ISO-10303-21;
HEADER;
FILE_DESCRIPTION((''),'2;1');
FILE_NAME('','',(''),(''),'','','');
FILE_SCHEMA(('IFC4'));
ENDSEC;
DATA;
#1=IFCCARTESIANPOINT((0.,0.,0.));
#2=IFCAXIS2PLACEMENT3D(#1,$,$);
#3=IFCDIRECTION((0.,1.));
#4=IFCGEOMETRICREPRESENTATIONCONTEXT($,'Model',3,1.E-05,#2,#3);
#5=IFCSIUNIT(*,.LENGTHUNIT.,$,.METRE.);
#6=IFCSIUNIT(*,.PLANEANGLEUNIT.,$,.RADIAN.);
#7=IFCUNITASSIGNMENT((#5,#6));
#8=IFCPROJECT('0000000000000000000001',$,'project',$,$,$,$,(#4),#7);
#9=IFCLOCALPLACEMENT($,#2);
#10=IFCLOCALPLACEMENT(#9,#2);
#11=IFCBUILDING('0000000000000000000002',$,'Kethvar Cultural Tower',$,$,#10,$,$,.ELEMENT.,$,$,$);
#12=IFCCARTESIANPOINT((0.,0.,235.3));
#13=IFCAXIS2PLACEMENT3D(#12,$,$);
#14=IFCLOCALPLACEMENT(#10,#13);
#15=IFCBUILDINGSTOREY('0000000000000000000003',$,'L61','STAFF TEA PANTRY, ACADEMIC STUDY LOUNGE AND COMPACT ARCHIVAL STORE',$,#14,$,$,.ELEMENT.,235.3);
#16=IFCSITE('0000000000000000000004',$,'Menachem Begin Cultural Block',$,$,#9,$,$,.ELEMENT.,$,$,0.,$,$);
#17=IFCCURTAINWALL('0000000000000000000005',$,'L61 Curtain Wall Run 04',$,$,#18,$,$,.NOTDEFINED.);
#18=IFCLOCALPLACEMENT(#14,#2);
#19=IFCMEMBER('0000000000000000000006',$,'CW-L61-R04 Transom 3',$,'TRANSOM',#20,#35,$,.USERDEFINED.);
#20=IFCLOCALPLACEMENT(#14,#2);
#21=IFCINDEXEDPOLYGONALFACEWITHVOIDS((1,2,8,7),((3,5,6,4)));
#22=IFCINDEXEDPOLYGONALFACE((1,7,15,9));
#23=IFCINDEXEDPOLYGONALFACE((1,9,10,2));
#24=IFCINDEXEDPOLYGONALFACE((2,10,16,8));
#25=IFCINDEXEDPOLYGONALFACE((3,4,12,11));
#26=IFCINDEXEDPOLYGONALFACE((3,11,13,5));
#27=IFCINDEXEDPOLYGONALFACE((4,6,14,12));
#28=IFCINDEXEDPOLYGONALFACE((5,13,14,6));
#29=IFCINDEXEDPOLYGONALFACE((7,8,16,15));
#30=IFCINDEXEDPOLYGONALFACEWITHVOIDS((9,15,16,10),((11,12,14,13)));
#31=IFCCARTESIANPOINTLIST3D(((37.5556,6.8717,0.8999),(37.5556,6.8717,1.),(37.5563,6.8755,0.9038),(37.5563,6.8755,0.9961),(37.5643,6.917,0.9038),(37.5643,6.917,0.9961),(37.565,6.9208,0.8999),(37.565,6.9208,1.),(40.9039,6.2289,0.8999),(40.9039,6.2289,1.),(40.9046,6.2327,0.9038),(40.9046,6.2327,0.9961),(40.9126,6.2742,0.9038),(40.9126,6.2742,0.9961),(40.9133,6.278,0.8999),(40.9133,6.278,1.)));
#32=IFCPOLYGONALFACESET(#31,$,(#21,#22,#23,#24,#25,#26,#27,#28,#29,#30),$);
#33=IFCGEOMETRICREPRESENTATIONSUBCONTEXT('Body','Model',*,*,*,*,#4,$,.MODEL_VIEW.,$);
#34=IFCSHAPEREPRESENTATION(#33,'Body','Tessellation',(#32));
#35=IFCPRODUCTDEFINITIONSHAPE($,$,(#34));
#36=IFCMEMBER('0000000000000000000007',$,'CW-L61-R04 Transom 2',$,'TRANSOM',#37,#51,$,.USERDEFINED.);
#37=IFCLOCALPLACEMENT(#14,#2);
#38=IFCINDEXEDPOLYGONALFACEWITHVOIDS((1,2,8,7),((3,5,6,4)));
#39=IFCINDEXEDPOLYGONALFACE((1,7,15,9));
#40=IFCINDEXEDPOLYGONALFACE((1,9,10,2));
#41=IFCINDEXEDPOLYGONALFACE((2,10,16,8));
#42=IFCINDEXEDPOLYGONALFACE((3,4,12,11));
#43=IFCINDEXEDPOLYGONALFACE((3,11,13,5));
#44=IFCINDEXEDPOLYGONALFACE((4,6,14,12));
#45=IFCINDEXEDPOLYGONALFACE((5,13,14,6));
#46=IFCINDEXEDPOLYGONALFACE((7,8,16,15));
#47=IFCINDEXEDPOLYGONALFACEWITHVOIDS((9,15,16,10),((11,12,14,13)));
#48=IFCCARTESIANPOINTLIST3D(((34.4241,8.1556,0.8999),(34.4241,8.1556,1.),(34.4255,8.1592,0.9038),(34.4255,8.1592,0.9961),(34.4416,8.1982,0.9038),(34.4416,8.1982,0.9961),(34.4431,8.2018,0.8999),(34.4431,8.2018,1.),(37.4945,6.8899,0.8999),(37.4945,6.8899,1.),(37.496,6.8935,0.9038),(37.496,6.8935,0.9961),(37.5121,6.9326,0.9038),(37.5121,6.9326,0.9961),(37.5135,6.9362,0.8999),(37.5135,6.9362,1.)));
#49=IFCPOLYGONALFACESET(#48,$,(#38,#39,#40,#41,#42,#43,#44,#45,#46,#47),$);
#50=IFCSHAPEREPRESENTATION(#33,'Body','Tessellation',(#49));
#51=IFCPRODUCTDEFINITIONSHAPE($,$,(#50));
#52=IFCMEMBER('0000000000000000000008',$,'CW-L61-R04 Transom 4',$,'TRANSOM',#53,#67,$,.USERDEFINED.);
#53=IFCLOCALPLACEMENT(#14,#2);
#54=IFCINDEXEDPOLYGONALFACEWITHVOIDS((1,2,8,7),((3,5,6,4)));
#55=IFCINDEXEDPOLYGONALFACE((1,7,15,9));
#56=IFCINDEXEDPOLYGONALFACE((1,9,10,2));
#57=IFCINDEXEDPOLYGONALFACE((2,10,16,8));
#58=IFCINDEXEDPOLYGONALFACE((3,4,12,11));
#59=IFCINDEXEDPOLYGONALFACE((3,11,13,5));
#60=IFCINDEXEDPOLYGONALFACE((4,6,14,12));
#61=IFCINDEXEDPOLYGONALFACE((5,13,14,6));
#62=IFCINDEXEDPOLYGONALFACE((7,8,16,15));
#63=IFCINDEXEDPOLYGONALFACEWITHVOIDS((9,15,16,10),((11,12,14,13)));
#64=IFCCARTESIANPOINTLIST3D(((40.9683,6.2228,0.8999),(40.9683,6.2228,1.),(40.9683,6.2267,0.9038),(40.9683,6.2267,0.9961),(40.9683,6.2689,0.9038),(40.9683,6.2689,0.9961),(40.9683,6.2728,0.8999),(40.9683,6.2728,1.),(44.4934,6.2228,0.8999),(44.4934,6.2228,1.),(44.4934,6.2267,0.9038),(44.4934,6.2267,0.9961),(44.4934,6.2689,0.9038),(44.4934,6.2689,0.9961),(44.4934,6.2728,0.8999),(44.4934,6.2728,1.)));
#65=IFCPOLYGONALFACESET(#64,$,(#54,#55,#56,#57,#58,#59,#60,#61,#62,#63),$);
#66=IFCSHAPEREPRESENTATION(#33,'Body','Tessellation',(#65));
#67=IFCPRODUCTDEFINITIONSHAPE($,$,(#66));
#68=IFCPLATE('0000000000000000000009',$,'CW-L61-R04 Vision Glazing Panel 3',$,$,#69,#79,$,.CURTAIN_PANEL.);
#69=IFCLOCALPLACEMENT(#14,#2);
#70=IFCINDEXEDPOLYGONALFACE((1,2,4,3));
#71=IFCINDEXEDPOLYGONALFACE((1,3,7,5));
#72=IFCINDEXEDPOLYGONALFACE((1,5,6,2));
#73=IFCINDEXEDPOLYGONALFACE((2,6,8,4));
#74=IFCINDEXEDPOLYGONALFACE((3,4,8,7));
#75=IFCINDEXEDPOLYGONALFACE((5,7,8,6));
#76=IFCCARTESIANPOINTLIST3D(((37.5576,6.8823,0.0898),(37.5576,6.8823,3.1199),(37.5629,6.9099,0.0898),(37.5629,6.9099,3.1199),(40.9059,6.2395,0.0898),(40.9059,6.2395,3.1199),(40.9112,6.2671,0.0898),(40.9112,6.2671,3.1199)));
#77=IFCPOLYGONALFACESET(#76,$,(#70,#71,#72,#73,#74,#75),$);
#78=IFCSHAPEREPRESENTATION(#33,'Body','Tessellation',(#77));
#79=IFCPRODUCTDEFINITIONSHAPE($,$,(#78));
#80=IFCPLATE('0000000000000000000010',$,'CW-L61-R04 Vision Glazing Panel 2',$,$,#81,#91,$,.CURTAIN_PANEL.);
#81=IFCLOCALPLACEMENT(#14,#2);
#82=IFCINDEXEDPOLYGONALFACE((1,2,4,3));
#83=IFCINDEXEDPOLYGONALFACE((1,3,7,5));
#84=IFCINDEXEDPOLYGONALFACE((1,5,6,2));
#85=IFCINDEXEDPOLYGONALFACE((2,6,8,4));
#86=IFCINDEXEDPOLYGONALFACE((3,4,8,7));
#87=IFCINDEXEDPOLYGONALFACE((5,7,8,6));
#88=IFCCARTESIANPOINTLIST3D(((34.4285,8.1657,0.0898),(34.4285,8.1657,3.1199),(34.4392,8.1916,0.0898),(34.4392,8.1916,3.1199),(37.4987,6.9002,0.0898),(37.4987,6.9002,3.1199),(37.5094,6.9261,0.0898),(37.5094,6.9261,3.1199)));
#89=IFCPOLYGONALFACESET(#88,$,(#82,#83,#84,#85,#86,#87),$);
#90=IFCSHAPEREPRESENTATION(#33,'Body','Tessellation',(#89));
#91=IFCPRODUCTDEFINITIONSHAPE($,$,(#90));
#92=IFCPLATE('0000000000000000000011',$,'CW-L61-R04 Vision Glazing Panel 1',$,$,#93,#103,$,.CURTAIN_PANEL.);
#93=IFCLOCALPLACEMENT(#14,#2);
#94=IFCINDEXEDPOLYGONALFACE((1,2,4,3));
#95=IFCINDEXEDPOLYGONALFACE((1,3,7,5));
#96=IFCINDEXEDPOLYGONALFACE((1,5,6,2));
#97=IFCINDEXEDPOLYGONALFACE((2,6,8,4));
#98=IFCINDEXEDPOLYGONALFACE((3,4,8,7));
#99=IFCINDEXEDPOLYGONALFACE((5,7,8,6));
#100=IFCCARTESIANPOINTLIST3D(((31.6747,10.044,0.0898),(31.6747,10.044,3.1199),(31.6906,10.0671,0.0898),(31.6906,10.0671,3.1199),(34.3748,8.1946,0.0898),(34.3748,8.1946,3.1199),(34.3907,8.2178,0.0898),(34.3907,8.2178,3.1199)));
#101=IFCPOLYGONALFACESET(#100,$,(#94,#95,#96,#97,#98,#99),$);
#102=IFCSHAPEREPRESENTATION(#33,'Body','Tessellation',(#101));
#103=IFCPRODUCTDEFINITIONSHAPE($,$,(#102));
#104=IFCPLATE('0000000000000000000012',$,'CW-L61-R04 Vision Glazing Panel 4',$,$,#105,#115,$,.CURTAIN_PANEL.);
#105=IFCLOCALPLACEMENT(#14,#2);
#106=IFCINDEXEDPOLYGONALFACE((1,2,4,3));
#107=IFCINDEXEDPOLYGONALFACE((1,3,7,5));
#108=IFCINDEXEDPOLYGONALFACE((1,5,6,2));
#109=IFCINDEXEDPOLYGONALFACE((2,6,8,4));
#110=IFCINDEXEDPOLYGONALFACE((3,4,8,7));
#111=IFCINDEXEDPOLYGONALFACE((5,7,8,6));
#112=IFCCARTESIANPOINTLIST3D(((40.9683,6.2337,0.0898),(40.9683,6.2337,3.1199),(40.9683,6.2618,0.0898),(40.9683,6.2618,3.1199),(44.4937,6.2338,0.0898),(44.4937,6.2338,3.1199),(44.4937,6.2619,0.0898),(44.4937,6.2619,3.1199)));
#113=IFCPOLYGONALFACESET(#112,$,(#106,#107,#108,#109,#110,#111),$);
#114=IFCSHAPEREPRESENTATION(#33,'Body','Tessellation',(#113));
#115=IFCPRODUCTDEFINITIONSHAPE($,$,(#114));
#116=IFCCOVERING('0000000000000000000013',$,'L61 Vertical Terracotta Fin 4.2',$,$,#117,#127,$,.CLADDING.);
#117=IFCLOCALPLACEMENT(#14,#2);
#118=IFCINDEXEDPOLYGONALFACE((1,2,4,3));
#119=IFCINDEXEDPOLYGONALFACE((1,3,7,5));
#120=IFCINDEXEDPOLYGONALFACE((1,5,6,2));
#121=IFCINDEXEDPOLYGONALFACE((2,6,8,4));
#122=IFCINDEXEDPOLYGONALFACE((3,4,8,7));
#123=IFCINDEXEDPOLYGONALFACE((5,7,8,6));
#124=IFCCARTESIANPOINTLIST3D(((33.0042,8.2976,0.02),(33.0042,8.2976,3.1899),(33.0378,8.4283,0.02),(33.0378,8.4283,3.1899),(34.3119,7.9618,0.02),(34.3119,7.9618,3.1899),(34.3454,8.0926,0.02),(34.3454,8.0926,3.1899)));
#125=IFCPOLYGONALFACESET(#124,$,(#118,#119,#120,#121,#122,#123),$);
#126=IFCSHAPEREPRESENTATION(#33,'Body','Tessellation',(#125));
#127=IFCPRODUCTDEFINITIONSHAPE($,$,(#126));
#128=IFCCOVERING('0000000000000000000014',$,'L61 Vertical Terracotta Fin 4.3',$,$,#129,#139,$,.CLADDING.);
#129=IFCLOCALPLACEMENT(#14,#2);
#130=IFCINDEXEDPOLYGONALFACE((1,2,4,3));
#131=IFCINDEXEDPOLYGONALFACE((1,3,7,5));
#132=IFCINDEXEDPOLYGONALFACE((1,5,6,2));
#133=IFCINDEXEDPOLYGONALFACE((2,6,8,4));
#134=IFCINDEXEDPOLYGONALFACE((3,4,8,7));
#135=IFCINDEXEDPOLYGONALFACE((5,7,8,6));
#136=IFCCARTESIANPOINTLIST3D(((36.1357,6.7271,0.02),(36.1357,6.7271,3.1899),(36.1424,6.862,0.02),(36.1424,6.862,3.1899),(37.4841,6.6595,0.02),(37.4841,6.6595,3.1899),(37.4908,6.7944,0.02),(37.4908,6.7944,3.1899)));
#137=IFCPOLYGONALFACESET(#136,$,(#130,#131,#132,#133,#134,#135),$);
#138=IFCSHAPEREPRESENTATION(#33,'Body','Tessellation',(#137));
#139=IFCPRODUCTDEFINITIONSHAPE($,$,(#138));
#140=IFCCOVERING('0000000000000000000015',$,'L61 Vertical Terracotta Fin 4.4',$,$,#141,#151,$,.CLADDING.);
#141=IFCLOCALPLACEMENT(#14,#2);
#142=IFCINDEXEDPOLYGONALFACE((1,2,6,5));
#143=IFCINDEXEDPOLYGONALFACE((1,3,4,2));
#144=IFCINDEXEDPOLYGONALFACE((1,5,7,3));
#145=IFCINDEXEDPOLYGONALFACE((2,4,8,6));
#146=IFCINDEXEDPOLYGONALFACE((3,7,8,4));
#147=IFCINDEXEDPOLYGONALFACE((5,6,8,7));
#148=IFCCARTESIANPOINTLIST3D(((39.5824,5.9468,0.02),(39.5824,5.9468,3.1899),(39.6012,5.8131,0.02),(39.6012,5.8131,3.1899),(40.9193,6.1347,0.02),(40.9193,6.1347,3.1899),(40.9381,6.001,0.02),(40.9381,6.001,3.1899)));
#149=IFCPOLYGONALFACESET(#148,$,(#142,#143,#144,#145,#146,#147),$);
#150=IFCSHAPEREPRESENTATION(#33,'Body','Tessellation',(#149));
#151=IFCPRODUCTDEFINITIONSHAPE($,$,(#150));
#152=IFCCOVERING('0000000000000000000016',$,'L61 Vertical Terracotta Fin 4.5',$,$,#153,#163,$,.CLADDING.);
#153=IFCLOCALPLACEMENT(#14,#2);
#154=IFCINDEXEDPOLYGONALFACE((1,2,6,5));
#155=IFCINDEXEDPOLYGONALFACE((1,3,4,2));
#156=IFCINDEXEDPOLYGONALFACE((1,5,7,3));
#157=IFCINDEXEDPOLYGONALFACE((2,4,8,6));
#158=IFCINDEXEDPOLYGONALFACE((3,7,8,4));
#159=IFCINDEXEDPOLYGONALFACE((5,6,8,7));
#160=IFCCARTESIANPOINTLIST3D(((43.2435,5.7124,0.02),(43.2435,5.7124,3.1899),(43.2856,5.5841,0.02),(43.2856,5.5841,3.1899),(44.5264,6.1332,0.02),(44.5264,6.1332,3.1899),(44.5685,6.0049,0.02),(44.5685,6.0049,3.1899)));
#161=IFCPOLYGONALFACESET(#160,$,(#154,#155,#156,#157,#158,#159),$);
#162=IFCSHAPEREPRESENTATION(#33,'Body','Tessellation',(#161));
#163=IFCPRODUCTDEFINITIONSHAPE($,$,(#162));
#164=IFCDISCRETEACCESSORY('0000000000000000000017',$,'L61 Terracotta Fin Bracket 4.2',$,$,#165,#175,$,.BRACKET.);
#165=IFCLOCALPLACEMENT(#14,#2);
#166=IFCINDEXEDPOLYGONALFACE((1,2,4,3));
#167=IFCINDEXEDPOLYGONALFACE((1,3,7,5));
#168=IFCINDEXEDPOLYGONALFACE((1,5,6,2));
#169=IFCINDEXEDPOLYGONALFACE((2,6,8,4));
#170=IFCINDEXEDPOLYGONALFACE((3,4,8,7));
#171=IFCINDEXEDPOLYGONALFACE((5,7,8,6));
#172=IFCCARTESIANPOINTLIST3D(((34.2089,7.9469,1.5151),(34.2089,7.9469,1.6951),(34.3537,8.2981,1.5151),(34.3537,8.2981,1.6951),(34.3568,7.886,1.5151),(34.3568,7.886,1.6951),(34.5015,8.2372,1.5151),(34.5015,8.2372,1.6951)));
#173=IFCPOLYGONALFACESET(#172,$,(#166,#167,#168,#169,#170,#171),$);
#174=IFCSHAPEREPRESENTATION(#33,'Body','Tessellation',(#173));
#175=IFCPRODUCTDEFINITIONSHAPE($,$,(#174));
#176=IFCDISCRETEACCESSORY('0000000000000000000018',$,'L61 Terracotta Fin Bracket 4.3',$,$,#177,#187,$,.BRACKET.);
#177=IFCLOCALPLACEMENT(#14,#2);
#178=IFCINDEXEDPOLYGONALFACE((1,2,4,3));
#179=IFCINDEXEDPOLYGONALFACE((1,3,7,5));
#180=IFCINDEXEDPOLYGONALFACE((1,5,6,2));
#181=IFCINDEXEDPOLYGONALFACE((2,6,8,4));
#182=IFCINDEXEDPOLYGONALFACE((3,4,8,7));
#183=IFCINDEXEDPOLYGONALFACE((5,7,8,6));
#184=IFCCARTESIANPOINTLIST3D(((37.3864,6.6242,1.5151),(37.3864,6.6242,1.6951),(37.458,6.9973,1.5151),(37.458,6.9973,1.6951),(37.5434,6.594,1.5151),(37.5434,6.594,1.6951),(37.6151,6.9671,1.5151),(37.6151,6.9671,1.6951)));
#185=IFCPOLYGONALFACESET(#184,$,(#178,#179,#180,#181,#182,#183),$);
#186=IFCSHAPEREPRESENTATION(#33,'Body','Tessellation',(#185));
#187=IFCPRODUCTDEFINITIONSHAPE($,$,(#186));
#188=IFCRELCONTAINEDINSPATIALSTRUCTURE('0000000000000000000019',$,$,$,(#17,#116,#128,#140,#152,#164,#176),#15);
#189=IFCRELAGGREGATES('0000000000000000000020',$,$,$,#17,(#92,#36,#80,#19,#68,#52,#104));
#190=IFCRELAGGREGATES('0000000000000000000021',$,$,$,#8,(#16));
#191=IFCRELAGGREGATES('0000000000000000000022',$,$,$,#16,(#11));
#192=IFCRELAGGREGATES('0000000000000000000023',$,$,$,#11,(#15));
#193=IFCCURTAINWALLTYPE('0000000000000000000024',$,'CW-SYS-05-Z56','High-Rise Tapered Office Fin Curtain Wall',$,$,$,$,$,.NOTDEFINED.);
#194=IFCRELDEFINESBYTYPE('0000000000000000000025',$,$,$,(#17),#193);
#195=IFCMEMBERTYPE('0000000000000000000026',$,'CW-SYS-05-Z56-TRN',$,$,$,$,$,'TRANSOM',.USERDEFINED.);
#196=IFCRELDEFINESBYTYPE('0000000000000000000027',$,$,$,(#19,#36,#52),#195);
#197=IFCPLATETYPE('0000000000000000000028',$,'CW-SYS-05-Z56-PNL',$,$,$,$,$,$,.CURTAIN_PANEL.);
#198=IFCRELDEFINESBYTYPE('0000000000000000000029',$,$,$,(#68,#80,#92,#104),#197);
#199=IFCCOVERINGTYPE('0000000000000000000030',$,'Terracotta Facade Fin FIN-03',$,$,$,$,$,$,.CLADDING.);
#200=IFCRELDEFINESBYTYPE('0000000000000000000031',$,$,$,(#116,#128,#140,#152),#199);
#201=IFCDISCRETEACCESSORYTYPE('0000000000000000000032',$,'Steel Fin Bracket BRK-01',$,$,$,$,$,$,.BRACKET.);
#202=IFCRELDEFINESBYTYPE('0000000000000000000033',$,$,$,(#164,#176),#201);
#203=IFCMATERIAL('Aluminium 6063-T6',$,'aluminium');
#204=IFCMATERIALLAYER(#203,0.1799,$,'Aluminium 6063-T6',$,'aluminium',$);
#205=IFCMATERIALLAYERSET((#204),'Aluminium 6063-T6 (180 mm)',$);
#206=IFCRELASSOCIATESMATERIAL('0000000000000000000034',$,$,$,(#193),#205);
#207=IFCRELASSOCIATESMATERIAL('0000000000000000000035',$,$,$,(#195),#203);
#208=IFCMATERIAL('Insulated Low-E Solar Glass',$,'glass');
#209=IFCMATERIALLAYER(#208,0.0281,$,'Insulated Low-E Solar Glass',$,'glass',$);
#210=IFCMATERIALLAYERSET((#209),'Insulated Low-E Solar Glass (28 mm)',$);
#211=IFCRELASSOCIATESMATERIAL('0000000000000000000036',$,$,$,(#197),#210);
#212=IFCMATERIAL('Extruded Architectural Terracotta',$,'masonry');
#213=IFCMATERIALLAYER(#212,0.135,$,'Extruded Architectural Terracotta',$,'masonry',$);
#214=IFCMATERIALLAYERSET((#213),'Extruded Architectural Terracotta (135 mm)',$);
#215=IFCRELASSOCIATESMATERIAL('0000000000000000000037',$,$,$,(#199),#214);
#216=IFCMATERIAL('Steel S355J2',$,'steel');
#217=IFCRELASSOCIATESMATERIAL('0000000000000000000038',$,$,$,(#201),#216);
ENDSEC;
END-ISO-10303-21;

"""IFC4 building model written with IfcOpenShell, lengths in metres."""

from ifc_helpers import new_model, si_unit, direction, frame, origin, origin_2d, place, context, subcontext, project, spatial, rectangle, hollow_rectangle, extrude, source, transform, mapped, material, layer, layer_set, material_profile, profile_set, type_object, element, aggregate, save


model = new_model("IFC4")

# Units and contexts
model_context = context("Model", 3, precision=1e-05, world=origin(), true_north=direction((0.0, 1.0)))
body_context = subcontext(model_context, "Body", "Model", "MODEL_VIEW")
ifc_project = project(units=[si_unit("LENGTHUNIT", "METRE"), si_unit("PLANEANGLEUNIT", "RADIAN")], contexts=[model_context])

# Site, building, storey
site_placement = place(None, origin())
site = spatial("IfcSite", under=ifc_project, at=site_placement, Name="Menachem Begin Cultural Block", CompositionType="ELEMENT", RefElevation=0.0)
building_placement = place(site_placement, origin())
building = spatial("IfcBuilding", under=site, at=building_placement, Name="Kethvar Cultural Tower", CompositionType="ELEMENT")
storey_placement = place(building_placement, frame((0.0, 0.0, 235.3)))
storey = spatial("IfcBuildingStorey", under=building, at=storey_placement, Name="L61", Description="STAFF TEA PANTRY, ACADEMIC STUDY LOUNGE AND COMPACT ARCHIVAL STORE", CompositionType="ELEMENT", Elevation=235.3)

# Shared definitions
ifc_material_1 = material(Name="Steel S355J2", Category="steel")

# Curtain wall, members, plates
ifc_material_2 = material(Name="Aluminium 6063-T6", Category="aluminium")
ifc_layer_1 = layer(ifc_material_2, 0.1799, Name="Aluminium 6063-T6", Category="aluminium")
ifc_layer_set_1 = layer_set([ifc_layer_1], Name="Aluminium 6063-T6 (180 mm)")
curtain_wall_type = type_object("IfcCurtainWallType", Name="CW-SYS-05-Z56", Description="High-Rise Tapered Office Fin Curtain Wall", PredefinedType="NOTDEFINED", material=ifc_layer_set_1)
curtain_wall_placement = place(storey_placement, origin())
curtain_wall = element("IfcCurtainWall", 1, at=curtain_wall_placement, inside=storey, type_object=curtain_wall_type, Name="L61 Curtain Wall Run 04", PredefinedType="NOTDEFINED")
ifc_material_profile_1 = material_profile(ifc_material_2, hollow_rectangle(XDim=0.05, YDim=0.1001, WallThickness=0.0039, at=origin_2d()), Name="Aluminium 6063-T6 — RHS100x50x4")
ifc_profile_set_1 = profile_set([ifc_material_profile_1], Name="Aluminium 6063-T6 — RHS100x50x4")
member_type_1 = type_object("IfcMemberType", Name="CW-SYS-05-Z56-TRN", ElementType="TRANSOM", PredefinedType="USERDEFINED", material=ifc_profile_set_1)
shared_shape_1 = source(origin(), body_context, "Body", "SweptSolid", [
    extrude(hollow_rectangle(XDim=0.05, YDim=0.1001, WallThickness=0.0039, at=origin_2d()), origin(), (0.0, 0.0, 1.0), 3.4094),
])
member_1_placement = place(storey_placement, frame((37.5603, 6.8962, 0.95), z_axis=(0.982066, -0.188537, 0.0), x_axis=(0.188537, 0.982066, 0.0)))
member_1 = element("IfcMember", 2, at=member_1_placement, type_object=member_type_1, Name="CW-L61-R04 Transom 3", ObjectType="TRANSOM", PredefinedType="USERDEFINED", context=body_context, shape_type="MappedRepresentation", body=[
    mapped(shared_shape_1, transform((0.0, 0.0, 0.0), scale=1.0)),
])
shared_shape_2 = source(origin(), body_context, "Body", "SweptSolid", [
    extrude(hollow_rectangle(XDim=0.05, YDim=0.1001, WallThickness=0.0039, at=origin_2d()), origin(), (0.0, 0.0, 1.0), 3.321),
])
member_2_placement = place(storey_placement, frame((34.4336, 8.1787, 0.95), z_axis=(0.924532, -0.381105, 0.0), x_axis=(0.381105, 0.924532, 0.0)))
member_2 = element("IfcMember", 3, at=member_2_placement, type_object=member_type_1, Name="CW-L61-R04 Transom 2", ObjectType="TRANSOM", PredefinedType="USERDEFINED", context=body_context, shape_type="MappedRepresentation", body=[
    mapped(shared_shape_2, transform((0.0, 0.0, 0.0), scale=1.0)),
])
shared_shape_3 = source(origin(), body_context, "Body", "SweptSolid", [
    extrude(hollow_rectangle(XDim=0.05, YDim=0.1001, WallThickness=0.0039, at=origin_2d()), origin(), (0.0, 0.0, 1.0), 3.5251),
])
member_3_placement = place(storey_placement, frame((40.9683, 6.2478, 0.95), z_axis=(1.0, 0.0, 0.0), x_axis=(0.0, 1.0, 0.0)))
member_3 = element("IfcMember", 4, at=member_3_placement, type_object=member_type_1, Name="CW-L61-R04 Transom 4", ObjectType="TRANSOM", PredefinedType="USERDEFINED", context=body_context, shape_type="MappedRepresentation", body=[
    mapped(shared_shape_3, transform((0.0, 0.0, 0.0), scale=1.0)),
])
ifc_material_3 = material(Name="Insulated Low-E Solar Glass", Category="glass")
ifc_layer_2 = layer(ifc_material_3, 0.0281, Name="Insulated Low-E Solar Glass", Category="glass")
ifc_layer_set_2 = layer_set([ifc_layer_2], Name="Insulated Low-E Solar Glass (28 mm)")
plate_type = type_object("IfcPlateType", Name="CW-SYS-05-Z56-PNL", PredefinedType="CURTAIN_PANEL", material=ifc_layer_set_2)
shared_shape_4 = source(origin(), body_context, "Body", "SweptSolid", [
    extrude(rectangle(XDim=3.4094, YDim=0.0281, at=origin_2d()), origin(), (0.0, 0.0, 1.0), 3.03),
])
plate_1_placement = place(storey_placement, frame((39.2344, 6.5747, 0.0898), z_axis=(0.0, 0.0, 1.0), x_axis=(0.982067, -0.18853, 0.0)))
plate_1 = element("IfcPlate", 5, at=plate_1_placement, type_object=plate_type, Name="CW-L61-R04 Vision Glazing Panel 3", PredefinedType="CURTAIN_PANEL", context=body_context, shape_type="MappedRepresentation", body=[
    mapped(shared_shape_4, transform((0.0, 0.0, 0.0), scale=1.0)),
])
shared_shape_5 = source(origin(), body_context, "Body", "SweptSolid", [
    extrude(rectangle(XDim=3.3208, YDim=0.0281, at=origin_2d()), origin(), (0.0, 0.0, 1.0), 3.03),
])
plate_2_placement = place(storey_placement, frame((35.969, 7.5459, 0.0898), z_axis=(0.0, 0.0, 1.0), x_axis=(0.924539, -0.381087, 0.0)))
plate_2 = element("IfcPlate", 6, at=plate_2_placement, type_object=plate_type, Name="CW-L61-R04 Vision Glazing Panel 2", PredefinedType="CURTAIN_PANEL", context=body_context, shape_type="MappedRepresentation", body=[
    mapped(shared_shape_5, transform((0.0, 0.0, 0.0), scale=1.0)),
])
shared_shape_6 = source(origin(), body_context, "Body", "SweptSolid", [
    extrude(rectangle(XDim=3.2727, YDim=0.0281, at=origin_2d()), origin(), (0.0, 0.0, 1.0), 3.03),
])
plate_3_placement = place(storey_placement, frame((33.0327, 9.1309, 0.0898), z_axis=(0.0, 0.0, 1.0), x_axis=(0.825035, -0.565082, 0.0)))
plate_3 = element("IfcPlate", 7, at=plate_3_placement, type_object=plate_type, Name="CW-L61-R04 Vision Glazing Panel 1", PredefinedType="CURTAIN_PANEL", context=body_context, shape_type="MappedRepresentation", body=[
    mapped(shared_shape_6, transform((0.0, 0.0, 0.0), scale=1.0)),
])
shared_shape_7 = source(origin(), body_context, "Body", "SweptSolid", [
    extrude(rectangle(XDim=3.5254, YDim=0.0281, at=origin_2d()), origin(), (0.0, 0.0, 1.0), 3.03),
])
plate_4_placement = place(storey_placement, frame((42.731, 6.2478, 0.0898), z_axis=(0.0, 0.0, 1.0), x_axis=(1.0, 0.000035, 0.0)))
plate_4 = element("IfcPlate", 8, at=plate_4_placement, type_object=plate_type, Name="CW-L61-R04 Vision Glazing Panel 4", PredefinedType="CURTAIN_PANEL", context=body_context, shape_type="MappedRepresentation", body=[
    mapped(shared_shape_7, transform((0.0, 0.0, 0.0), scale=1.0)),
])
aggregate(curtain_wall, [plate_3, member_2, plate_2, member_1, plate_1, member_3, plate_4])

# Coverings
ifc_material_4 = material(Name="Extruded Architectural Terracotta", Category="masonry")
ifc_layer_3 = layer(ifc_material_4, 0.135, Name="Extruded Architectural Terracotta", Category="masonry")
ifc_layer_set_3 = layer_set([ifc_layer_3], Name="Extruded Architectural Terracotta (135 mm)")
covering_type = type_object("IfcCoveringType", Name="Terracotta Facade Fin FIN-03", PredefinedType="CLADDING", material=ifc_layer_set_3)
shared_shape_8 = source(origin(), body_context, "Body", "SweptSolid", [
    extrude(rectangle(XDim=1.3501, YDim=0.135, at=origin_2d()), origin(), (0.0, 0.0, 1.0), 3.1699),
])
for number, where, z_axis, x_axis, name in (
    (9, (33.6748, 8.1951, 0.02), (0.0, 0.0, 1.0), (-0.968583, 0.24869, 0.0), "L61 Vertical Terracotta Fin 4.2"),
    (10, (36.8132, 6.7607, 0.02), (0.0, 0.0, 1.0), (-0.998746, 0.05007, 0.0), "L61 Vertical Terracotta Fin 4.3"),
    (11, (40.2603, 5.9739, 0.02), (0.0, 0.0, 1.0), (-0.990268, -0.139173, 0.0), "L61 Vertical Terracotta Fin 4.4"),
    (12, (43.906, 5.8586, 0.02), (0.0, 0.0, 1.0), (-0.95019, -0.311672, 0.0), "L61 Vertical Terracotta Fin 4.5"),
):
    element("IfcCovering", number, at=place(storey_placement, frame(where, z_axis=z_axis, x_axis=x_axis)), inside=storey, type_object=covering_type, Name=name, PredefinedType="CLADDING", context=body_context, shape_type="MappedRepresentation", body=[
        mapped(shared_shape_8, transform((0.0, 0.0, 0.0), scale=1.0)),
    ])

# Discrete accessories
discrete_accessory_type = type_object("IfcDiscreteAccessoryType", Name="Steel Fin Bracket BRK-01", PredefinedType="BRACKET", material=ifc_material_1)
shared_shape_9 = source(origin(), body_context, "Body", "SweptSolid", [
    extrude(rectangle(XDim=0.3799, YDim=0.1599, at=origin_2d()), origin(), (0.0, 0.0, 1.0), 0.1799),
])
for number, where, z_axis, x_axis, name in (
    (13, (34.3552, 8.092, 1.5151), (0.0, 0.0, 1.0), (-0.38107, -0.924546, 0.0), "L61 Terracotta Fin Bracket 4.2"),
    (14, (37.5007, 6.7957, 1.5151), (0.0, 0.0, 1.0), (-0.188581, -0.982058, 0.0), "L61 Terracotta Fin Bracket 4.3"),
):
    element("IfcDiscreteAccessory", number, at=place(storey_placement, frame(where, z_axis=z_axis, x_axis=x_axis)), inside=storey, type_object=discrete_accessory_type, Name=name, PredefinedType="BRACKET", context=body_context, shape_type="MappedRepresentation", body=[
        mapped(shared_shape_9, transform((0.0, 0.0, 0.0), scale=1.0)),
    ])

save(model, "model.ifc")
